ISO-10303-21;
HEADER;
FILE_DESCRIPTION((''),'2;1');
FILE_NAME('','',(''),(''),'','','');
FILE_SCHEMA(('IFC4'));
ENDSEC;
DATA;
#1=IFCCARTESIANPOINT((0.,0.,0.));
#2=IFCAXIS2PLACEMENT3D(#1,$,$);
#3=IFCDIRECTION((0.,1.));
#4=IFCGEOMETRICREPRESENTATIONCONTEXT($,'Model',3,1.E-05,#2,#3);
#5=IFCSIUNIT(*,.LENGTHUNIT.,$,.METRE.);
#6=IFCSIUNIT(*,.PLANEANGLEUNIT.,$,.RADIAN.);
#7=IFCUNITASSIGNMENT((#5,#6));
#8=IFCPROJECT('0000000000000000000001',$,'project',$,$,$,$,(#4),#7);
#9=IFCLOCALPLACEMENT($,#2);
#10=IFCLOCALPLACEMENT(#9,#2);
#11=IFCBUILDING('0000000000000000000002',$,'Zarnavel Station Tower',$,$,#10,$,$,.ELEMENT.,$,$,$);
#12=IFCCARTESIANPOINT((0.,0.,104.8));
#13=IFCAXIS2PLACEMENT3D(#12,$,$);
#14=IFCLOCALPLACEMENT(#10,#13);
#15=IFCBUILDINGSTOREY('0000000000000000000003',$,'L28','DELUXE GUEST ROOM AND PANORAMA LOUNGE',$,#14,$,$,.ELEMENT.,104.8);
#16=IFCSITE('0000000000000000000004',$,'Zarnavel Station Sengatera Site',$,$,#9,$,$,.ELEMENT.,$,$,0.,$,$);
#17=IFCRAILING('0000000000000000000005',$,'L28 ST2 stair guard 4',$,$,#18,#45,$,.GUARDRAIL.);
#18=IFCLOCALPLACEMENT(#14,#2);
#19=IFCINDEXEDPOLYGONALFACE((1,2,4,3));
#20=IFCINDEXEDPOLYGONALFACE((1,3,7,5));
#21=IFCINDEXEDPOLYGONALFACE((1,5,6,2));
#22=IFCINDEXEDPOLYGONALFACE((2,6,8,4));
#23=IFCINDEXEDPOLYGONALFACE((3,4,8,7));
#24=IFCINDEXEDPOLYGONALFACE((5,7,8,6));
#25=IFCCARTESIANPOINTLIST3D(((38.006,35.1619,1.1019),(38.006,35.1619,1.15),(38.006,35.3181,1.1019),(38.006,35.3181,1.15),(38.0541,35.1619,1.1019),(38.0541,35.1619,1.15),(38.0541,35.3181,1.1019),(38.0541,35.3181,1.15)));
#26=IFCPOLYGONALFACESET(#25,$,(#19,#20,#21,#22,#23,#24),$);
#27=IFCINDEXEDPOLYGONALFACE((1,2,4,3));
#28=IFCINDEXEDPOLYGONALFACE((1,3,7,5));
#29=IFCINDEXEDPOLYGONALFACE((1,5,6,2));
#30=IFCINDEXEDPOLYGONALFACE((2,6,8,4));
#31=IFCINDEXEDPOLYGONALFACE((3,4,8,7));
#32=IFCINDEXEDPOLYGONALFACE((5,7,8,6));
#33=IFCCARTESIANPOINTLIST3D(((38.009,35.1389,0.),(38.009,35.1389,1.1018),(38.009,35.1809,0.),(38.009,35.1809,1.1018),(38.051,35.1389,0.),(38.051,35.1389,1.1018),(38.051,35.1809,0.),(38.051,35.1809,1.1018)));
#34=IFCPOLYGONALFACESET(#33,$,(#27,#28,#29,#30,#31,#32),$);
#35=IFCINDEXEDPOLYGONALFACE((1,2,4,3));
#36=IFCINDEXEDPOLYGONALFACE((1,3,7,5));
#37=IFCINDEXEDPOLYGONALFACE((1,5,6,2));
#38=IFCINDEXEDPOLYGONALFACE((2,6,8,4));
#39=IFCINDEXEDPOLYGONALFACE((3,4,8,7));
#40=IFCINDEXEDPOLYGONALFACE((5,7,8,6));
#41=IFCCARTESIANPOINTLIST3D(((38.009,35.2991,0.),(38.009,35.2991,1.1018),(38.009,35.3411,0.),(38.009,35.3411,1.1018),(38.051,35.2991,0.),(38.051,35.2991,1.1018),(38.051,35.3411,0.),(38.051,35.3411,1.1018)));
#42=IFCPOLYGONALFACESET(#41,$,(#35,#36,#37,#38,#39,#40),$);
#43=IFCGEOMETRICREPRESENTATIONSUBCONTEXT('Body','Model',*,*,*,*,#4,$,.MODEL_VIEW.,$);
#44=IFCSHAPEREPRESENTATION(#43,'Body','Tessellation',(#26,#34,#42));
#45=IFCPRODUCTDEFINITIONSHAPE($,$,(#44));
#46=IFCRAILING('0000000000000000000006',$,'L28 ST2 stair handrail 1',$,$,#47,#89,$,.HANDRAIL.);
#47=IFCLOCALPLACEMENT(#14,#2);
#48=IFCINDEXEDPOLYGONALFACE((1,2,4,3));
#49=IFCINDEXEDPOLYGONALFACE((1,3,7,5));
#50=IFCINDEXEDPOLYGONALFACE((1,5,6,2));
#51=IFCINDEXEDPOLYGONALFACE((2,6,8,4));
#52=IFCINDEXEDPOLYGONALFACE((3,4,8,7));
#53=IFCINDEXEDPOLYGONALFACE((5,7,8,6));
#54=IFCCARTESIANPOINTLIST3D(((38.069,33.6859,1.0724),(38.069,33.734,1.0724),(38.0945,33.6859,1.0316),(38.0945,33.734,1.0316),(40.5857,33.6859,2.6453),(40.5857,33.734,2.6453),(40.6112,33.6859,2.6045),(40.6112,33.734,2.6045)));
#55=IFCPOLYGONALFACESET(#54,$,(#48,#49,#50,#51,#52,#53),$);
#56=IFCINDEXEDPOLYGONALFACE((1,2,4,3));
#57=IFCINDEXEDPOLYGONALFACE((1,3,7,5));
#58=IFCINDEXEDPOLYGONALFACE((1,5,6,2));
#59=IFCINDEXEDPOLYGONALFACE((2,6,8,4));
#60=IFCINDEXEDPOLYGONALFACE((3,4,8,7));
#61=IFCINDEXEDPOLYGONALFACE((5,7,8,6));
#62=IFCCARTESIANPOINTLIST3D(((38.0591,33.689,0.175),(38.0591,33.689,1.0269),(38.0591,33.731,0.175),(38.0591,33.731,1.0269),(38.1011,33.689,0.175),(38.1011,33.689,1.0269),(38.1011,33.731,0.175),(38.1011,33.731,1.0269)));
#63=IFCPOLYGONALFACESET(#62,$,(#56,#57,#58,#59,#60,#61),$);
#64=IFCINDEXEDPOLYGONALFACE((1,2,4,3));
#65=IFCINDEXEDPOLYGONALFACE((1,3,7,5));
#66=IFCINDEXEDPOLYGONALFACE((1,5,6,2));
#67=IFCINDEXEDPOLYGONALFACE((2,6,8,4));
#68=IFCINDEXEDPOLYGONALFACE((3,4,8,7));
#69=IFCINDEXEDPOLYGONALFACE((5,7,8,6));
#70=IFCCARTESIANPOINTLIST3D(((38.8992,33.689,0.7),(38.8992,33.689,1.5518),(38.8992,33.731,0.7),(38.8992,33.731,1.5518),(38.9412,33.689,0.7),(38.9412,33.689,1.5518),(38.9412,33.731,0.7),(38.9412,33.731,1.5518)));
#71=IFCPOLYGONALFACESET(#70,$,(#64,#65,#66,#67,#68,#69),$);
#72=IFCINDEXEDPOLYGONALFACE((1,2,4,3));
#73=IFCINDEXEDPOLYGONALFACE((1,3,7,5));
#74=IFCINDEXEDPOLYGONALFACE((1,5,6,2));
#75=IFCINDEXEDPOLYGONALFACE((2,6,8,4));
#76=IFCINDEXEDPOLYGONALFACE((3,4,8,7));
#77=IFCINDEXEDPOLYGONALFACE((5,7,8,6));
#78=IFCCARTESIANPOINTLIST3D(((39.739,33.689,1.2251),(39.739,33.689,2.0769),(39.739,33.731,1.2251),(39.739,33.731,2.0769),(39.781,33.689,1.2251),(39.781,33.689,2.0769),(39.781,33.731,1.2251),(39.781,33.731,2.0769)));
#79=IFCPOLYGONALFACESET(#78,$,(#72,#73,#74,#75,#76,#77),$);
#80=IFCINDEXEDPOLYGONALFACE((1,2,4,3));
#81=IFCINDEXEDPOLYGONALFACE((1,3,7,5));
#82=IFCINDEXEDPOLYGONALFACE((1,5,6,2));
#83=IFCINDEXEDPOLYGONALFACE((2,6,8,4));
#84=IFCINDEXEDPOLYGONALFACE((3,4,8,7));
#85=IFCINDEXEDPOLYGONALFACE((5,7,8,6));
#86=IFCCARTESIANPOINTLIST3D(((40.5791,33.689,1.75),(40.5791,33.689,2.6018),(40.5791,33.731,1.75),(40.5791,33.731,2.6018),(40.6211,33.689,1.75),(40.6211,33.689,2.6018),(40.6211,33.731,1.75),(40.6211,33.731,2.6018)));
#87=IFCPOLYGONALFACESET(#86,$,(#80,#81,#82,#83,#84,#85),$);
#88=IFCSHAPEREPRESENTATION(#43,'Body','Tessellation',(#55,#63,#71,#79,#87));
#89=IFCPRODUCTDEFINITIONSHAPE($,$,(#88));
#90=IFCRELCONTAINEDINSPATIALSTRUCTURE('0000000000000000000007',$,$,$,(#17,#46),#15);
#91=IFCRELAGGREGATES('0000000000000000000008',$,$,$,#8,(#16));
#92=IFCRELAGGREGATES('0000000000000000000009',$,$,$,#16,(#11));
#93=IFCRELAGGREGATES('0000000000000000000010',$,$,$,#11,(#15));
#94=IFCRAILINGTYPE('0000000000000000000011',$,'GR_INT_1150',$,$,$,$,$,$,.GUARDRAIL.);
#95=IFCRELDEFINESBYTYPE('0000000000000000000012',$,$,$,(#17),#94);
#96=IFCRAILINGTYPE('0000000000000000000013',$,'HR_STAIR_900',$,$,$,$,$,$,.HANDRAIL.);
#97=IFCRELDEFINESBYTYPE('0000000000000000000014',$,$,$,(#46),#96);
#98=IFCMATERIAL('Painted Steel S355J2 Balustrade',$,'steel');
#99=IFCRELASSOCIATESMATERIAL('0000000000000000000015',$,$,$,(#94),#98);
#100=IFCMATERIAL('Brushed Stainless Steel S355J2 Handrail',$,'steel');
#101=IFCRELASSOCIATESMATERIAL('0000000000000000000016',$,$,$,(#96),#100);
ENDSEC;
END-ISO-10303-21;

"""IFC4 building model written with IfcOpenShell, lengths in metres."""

from ifc_helpers import new_model, si_unit, direction, frame, origin, origin_2d, place, context, subcontext, project, spatial, rectangle, extrude, material, type_object, element, save


model = new_model("IFC4")

# Units and contexts
model_context = context("Model", 3, precision=1e-05, world=origin(), true_north=direction((0.0, 1.0)))
body_context = subcontext(model_context, "Body", "Model", "MODEL_VIEW")
ifc_project = project(units=[si_unit("LENGTHUNIT", "METRE"), si_unit("PLANEANGLEUNIT", "RADIAN")], contexts=[model_context])

# Site, building, storey
site_placement = place(None, origin())
site = spatial("IfcSite", under=ifc_project, at=site_placement, Name="Zarnavel Station Sengatera Site", CompositionType="ELEMENT", RefElevation=0.0)
building_placement = place(site_placement, origin())
building = spatial("IfcBuilding", under=site, at=building_placement, Name="Zarnavel Station Tower", CompositionType="ELEMENT")
storey_placement = place(building_placement, frame((0.0, 0.0, 104.8)))
storey = spatial("IfcBuildingStorey", under=building, at=storey_placement, Name="L28", Description="DELUXE GUEST ROOM AND PANORAMA LOUNGE", CompositionType="ELEMENT", Elevation=104.8)

# Railings
ifc_material_1 = material(Name="Painted Steel S355J2 Balustrade", Category="steel")
railing_type_1 = type_object("IfcRailingType", Name="GR_INT_1150", PredefinedType="GUARDRAIL", material=ifc_material_1)
railing_1_placement = place(storey_placement, frame((38.03, 35.1599, 0.0)))
element("IfcRailing", 1, at=railing_1_placement, inside=storey, type_object=railing_type_1, Name="L28 ST2 stair guard 4", PredefinedType="GUARDRAIL", context=body_context, shape_type="SweptSolid", body=[
    extrude(rectangle(XDim=0.0481, YDim=0.0481, at=origin_2d()), frame((0.0, 0.002, 1.126), z_axis=(0.0, 1.0, 0.0), x_axis=(-1.0, 0.0, 0.0)), (0.0, 0.0, 1.0), 0.1562),
    extrude(rectangle(XDim=0.042, YDim=0.042, at=origin_2d()), origin(), (0.0, 0.0, 1.0), 1.1018),
    extrude(rectangle(XDim=0.042, YDim=0.042, at=origin_2d()), frame((0.0, 0.1602, 0.0)), (0.0, 0.0, 1.0), 1.1018),
])
ifc_material_2 = material(Name="Brushed Stainless Steel S355J2 Handrail", Category="steel")
railing_type_2 = type_object("IfcRailingType", Name="HR_STAIR_900", PredefinedType="HANDRAIL", material=ifc_material_2)
railing_2_placement = place(storey_placement, frame((38.0801, 33.71, 0.175)))
element("IfcRailing", 2, at=railing_2_placement, inside=storey, type_object=railing_type_2, Name="L28 ST2 stair handrail 1", PredefinedType="HANDRAIL", context=body_context, shape_type="SweptSolid", body=[
    extrude(rectangle(XDim=0.0481, YDim=0.0481, at=origin_2d()), frame((0.0017, 0.0, 0.877), z_axis=(0.848008, 0.0, 0.529984), x_axis=(0.0, 1.0, 0.0)), (0.0, 0.0, 1.0), 2.9678),
    extrude(rectangle(XDim=0.042, YDim=0.042, at=origin_2d()), origin(), (0.0, 0.0, 1.0), 0.8518),
    extrude(rectangle(XDim=0.042, YDim=0.042, at=origin_2d()), frame((0.8401, 0.0, 0.5249)), (0.0, 0.0, 1.0), 0.8518),
    extrude(rectangle(XDim=0.042, YDim=0.042, at=origin_2d()), frame((1.6799, 0.0, 1.05)), (0.0, 0.0, 1.0), 0.8518),
    extrude(rectangle(XDim=0.042, YDim=0.042, at=origin_2d()), frame((2.52, 0.0, 1.575)), (0.0, 0.0, 1.0), 0.8518),
])

save(model, "model.ifc")
